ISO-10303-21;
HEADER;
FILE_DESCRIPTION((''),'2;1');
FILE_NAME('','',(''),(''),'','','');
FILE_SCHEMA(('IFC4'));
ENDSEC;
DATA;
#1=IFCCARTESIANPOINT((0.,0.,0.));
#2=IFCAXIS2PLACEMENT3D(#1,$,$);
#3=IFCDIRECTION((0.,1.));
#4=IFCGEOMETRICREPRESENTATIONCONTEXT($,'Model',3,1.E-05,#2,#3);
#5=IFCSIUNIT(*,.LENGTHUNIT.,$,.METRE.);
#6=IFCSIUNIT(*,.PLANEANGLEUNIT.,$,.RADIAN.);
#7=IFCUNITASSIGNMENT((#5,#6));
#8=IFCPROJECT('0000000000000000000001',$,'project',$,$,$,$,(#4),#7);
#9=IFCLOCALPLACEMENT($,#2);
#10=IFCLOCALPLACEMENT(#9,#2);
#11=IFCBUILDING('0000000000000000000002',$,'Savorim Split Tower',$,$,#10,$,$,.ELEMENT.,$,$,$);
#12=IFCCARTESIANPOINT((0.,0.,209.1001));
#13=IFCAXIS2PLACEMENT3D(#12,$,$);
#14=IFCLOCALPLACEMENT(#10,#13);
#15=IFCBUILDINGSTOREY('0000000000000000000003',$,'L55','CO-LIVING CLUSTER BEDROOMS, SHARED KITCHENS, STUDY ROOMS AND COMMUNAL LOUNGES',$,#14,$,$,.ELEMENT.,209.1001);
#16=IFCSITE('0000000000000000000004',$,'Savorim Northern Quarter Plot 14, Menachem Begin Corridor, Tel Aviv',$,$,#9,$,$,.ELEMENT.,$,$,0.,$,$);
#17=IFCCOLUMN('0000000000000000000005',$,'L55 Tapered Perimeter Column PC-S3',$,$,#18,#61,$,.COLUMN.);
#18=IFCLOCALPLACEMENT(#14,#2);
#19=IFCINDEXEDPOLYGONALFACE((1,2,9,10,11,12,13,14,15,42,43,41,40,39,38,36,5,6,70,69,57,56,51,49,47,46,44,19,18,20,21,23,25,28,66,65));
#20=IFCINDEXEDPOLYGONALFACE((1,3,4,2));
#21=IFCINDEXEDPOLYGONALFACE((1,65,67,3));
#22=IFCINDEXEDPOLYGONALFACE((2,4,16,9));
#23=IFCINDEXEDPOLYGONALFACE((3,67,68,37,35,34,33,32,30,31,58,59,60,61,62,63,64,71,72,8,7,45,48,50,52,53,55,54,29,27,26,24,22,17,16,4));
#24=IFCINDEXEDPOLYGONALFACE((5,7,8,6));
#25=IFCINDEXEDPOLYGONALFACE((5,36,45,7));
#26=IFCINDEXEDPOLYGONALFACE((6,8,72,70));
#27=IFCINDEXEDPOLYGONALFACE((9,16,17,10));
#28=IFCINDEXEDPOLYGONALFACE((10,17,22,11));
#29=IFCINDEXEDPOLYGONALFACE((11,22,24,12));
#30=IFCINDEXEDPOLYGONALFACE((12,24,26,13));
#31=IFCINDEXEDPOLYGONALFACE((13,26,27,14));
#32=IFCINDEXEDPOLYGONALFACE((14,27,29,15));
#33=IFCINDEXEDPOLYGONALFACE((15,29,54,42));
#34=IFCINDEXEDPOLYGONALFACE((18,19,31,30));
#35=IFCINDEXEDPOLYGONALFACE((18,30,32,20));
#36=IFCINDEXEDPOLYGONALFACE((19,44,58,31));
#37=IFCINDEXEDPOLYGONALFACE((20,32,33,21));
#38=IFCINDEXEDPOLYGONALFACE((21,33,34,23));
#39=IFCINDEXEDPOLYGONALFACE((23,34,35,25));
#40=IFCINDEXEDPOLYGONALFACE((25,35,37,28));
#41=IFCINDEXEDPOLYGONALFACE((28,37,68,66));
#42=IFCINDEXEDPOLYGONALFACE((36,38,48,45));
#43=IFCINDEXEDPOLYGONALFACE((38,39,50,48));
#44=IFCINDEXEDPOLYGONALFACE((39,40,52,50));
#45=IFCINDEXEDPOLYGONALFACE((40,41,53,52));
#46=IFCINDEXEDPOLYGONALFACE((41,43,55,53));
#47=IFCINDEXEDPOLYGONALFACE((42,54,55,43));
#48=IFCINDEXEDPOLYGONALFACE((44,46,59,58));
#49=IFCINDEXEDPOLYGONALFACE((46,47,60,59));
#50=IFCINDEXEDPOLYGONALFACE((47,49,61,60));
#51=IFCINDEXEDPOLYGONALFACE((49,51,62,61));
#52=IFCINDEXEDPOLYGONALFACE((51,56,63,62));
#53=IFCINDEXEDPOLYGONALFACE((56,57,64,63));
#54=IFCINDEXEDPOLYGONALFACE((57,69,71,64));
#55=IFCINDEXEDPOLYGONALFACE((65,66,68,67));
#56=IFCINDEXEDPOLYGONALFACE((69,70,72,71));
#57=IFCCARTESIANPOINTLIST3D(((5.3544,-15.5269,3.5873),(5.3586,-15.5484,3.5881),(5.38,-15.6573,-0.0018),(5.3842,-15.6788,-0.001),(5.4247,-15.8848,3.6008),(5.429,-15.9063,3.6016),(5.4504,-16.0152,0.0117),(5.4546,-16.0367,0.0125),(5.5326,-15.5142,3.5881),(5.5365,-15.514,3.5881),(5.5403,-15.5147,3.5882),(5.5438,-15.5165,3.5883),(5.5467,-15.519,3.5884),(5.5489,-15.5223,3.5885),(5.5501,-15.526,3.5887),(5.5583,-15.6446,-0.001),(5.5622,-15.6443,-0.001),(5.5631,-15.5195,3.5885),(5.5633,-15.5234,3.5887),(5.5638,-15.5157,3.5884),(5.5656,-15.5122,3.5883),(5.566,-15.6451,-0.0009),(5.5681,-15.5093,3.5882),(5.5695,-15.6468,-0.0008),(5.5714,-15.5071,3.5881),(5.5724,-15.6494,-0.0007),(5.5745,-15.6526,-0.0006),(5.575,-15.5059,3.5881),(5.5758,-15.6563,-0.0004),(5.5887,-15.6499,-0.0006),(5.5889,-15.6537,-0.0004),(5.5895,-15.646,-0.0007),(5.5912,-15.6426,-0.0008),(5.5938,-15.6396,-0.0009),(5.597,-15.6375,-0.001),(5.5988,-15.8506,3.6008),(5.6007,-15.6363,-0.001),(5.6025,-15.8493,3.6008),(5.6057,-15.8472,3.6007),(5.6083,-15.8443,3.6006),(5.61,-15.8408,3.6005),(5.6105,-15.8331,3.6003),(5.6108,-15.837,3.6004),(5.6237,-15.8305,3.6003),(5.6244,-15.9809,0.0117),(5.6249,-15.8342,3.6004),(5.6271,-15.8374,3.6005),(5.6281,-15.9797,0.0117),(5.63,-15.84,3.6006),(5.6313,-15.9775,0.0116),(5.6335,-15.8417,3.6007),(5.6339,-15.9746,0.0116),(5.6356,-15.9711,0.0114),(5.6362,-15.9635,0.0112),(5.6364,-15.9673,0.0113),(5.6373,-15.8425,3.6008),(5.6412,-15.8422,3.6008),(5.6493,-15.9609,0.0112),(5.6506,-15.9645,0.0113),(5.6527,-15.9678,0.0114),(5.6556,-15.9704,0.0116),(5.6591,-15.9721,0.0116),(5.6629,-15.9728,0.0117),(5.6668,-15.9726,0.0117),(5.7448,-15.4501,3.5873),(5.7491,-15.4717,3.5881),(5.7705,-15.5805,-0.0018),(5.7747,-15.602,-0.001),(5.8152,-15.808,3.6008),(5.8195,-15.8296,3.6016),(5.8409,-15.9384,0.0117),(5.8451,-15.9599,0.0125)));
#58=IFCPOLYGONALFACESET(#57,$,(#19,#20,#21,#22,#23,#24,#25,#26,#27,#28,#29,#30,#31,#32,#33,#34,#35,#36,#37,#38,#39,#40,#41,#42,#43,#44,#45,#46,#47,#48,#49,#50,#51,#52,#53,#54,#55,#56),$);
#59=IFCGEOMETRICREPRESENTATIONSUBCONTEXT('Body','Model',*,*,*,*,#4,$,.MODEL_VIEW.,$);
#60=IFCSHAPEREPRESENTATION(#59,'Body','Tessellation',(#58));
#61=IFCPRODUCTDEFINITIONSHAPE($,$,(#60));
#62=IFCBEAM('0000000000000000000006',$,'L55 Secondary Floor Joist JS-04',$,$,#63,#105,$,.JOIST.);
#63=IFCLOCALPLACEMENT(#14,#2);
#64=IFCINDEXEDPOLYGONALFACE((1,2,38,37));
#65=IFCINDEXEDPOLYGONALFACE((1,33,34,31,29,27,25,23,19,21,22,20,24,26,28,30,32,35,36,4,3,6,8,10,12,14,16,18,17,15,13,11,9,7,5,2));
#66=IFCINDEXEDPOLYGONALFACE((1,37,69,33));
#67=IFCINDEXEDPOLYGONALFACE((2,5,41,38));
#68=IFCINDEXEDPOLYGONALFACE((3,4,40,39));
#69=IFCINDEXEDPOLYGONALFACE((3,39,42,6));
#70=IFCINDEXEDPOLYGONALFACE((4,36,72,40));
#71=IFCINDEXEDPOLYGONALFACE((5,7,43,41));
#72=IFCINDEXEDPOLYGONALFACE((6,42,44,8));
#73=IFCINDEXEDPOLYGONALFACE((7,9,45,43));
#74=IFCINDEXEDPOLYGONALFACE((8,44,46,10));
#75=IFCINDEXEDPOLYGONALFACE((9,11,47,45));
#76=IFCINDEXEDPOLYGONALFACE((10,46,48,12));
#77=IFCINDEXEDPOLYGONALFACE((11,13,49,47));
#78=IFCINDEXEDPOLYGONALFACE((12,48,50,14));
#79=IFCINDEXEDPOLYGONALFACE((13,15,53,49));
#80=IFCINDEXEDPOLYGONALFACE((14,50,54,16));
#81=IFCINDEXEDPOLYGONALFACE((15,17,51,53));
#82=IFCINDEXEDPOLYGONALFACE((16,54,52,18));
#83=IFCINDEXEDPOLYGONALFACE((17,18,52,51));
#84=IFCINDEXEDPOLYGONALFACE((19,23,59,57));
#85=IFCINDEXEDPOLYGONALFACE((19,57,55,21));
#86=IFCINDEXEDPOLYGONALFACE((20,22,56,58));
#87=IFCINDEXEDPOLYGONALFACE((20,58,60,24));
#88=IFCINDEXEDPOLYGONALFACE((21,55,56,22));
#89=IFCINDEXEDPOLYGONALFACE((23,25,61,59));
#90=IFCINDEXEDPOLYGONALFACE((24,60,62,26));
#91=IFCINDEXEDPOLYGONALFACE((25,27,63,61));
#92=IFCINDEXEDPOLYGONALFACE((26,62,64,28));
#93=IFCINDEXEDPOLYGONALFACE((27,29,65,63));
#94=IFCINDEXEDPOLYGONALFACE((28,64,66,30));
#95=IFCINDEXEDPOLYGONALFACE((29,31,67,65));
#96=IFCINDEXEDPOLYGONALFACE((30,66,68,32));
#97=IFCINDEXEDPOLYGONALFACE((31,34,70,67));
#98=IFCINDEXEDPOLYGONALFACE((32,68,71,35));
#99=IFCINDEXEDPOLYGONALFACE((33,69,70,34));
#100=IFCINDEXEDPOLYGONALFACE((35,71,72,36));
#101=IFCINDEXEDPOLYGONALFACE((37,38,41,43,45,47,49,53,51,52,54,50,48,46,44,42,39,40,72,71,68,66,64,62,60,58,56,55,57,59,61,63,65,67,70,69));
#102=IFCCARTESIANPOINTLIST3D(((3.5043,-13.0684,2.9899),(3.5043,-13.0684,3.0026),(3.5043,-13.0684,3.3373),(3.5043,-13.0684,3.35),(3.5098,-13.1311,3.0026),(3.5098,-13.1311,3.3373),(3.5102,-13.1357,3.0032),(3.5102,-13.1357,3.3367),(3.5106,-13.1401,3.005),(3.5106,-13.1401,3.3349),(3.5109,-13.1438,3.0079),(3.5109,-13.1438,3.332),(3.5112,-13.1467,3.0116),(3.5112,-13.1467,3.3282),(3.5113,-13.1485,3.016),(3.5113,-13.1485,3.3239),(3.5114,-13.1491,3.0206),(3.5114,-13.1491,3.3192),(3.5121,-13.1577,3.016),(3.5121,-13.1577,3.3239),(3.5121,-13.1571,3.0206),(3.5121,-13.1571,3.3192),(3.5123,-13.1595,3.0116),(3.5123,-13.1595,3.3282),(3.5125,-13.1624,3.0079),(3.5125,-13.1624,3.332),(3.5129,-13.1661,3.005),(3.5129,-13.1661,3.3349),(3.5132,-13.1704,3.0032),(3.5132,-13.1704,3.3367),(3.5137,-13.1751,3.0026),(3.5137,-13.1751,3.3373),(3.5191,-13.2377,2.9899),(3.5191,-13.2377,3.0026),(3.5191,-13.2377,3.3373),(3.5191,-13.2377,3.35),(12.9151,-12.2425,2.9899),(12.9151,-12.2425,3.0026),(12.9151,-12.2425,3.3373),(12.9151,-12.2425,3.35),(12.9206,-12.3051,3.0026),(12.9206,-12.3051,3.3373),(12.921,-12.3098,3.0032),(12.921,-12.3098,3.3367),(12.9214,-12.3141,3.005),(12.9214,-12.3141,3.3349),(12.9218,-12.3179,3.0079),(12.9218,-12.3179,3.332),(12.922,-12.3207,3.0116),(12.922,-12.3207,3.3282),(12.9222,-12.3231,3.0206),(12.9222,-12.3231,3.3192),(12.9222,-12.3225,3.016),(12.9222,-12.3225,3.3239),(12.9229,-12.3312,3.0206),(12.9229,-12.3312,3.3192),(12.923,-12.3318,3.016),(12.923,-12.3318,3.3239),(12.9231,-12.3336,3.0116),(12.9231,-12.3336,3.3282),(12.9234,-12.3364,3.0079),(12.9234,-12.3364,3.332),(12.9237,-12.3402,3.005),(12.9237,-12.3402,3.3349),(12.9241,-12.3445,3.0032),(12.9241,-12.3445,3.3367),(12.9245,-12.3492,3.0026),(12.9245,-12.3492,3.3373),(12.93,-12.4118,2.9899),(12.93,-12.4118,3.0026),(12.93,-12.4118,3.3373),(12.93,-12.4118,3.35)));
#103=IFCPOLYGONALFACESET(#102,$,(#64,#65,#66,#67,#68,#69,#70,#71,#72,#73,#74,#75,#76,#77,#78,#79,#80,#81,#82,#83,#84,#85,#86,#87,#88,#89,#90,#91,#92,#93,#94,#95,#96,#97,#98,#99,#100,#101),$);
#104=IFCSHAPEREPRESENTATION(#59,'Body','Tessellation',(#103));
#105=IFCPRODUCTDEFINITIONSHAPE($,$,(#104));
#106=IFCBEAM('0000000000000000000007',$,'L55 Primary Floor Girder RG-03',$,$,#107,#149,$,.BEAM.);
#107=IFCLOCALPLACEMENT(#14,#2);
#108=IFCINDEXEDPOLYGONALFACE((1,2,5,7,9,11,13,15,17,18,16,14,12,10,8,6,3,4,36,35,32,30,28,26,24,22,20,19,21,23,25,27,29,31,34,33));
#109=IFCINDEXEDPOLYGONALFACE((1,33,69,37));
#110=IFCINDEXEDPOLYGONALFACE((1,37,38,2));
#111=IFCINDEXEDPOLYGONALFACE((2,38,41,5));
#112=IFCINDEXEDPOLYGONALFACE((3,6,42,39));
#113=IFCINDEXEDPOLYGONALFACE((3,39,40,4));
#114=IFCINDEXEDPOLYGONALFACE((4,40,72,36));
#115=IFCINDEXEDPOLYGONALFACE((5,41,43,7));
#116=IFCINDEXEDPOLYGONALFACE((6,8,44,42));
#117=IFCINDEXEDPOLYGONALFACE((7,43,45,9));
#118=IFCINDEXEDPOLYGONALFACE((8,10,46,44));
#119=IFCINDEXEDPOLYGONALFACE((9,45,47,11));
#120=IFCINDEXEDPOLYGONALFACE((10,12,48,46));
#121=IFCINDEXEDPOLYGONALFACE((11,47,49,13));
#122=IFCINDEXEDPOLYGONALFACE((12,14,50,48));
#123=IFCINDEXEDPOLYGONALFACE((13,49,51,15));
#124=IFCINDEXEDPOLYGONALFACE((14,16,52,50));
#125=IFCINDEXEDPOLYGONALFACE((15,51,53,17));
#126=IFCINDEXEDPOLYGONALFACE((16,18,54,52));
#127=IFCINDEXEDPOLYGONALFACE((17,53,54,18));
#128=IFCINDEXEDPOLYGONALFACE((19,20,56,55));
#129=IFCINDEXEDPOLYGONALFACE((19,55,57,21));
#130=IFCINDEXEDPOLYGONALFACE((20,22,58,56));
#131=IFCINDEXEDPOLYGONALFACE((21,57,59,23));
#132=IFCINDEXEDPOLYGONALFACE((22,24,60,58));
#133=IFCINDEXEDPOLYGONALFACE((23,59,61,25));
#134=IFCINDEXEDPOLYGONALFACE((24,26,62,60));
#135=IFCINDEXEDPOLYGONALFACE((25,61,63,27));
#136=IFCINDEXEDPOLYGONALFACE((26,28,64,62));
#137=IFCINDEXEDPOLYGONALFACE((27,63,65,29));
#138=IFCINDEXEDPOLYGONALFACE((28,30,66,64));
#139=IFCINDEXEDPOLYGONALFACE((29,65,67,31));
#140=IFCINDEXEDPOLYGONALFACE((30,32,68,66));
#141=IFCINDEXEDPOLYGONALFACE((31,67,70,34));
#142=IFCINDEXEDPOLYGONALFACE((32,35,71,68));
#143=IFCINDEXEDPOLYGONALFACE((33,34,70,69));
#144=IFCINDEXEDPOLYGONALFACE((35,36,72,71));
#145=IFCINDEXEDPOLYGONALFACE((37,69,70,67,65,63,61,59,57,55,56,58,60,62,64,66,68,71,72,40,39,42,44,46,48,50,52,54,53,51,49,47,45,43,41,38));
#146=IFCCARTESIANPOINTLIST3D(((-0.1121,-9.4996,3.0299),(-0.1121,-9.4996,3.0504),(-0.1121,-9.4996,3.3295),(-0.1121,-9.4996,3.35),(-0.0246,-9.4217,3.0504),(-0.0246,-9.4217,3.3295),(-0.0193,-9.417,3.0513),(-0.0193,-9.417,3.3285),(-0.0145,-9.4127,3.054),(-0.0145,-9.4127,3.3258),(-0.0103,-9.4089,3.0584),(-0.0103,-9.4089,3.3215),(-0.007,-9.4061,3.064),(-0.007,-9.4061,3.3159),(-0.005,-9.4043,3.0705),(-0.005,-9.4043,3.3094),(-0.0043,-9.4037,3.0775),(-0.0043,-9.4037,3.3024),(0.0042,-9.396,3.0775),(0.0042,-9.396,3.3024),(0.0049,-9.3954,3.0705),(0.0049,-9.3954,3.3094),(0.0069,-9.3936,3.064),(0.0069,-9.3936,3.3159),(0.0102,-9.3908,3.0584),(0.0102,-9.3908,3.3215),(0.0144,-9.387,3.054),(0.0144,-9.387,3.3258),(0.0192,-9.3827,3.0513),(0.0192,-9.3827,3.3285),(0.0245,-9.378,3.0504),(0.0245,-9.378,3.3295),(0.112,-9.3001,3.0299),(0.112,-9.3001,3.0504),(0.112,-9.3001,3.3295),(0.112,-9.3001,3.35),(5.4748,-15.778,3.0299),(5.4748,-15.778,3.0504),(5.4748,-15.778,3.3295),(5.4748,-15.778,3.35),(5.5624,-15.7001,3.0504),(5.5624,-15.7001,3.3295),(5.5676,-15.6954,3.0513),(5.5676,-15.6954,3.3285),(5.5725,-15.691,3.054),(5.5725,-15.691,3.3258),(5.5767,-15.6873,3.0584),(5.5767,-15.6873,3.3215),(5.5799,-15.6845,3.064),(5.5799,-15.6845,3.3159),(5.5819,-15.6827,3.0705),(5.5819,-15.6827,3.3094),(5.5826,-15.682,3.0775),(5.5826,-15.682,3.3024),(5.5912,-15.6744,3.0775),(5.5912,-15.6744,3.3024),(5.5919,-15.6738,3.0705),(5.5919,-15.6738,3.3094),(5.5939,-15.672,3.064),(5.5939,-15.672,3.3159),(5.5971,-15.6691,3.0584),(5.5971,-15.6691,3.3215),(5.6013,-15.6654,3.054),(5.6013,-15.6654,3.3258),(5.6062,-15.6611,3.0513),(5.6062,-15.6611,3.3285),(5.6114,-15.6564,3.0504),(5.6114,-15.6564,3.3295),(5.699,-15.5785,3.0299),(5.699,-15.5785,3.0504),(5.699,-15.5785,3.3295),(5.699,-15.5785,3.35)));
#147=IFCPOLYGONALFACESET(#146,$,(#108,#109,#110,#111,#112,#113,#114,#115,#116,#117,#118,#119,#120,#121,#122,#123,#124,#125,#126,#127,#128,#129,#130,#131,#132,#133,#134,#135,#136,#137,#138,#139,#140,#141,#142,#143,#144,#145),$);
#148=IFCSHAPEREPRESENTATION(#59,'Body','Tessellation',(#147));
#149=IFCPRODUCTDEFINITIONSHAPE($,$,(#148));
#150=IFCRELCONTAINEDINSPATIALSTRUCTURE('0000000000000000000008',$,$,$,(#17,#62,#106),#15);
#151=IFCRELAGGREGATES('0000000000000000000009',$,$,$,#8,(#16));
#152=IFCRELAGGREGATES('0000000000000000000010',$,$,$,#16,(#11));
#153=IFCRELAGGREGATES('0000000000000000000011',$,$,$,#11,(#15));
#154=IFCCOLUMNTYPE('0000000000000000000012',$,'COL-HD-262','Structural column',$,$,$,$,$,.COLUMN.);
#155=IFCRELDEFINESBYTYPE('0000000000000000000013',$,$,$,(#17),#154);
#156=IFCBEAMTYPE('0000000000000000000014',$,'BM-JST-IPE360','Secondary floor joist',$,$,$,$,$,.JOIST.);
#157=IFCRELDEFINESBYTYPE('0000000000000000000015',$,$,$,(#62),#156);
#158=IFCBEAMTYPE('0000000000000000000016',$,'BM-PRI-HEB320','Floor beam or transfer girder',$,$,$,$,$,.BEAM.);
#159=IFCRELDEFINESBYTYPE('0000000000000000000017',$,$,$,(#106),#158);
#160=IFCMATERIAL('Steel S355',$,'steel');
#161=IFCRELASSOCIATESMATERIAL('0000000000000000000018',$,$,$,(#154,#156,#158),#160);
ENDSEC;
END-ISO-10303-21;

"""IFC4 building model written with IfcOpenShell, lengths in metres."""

from ifc_helpers import new_model, si_unit, direction, frame, origin, origin_2d, place, context, subcontext, project, spatial, i_section, extrude, material, material_profile, profile_set, type_object, element, save


model = new_model("IFC4")

# Units and contexts
model_context = context("Model", 3, precision=1e-05, world=origin(), true_north=direction((0.0, 1.0)))
body_context = subcontext(model_context, "Body", "Model", "MODEL_VIEW")
ifc_project = project(units=[si_unit("LENGTHUNIT", "METRE"), si_unit("PLANEANGLEUNIT", "RADIAN")], contexts=[model_context])

# Site, building, storey
site_placement = place(None, origin())
site = spatial("IfcSite", under=ifc_project, at=site_placement, Name="Savorim Northern Quarter Plot 14, Menachem Begin Corridor, Tel Aviv", CompositionType="ELEMENT", RefElevation=0.0)
building_placement = place(site_placement, origin())
building = spatial("IfcBuilding", under=site, at=building_placement, Name="Savorim Split Tower", CompositionType="ELEMENT")
storey_placement = place(building_placement, frame((0.0, 0.0, 209.1001)))
storey = spatial("IfcBuildingStorey", under=building, at=storey_placement, Name="L55", Description="CO-LIVING CLUSTER BEDROOMS, SHARED KITCHENS, STUDY ROOMS AND COMMUNAL LOUNGES", CompositionType="ELEMENT", Elevation=209.1001)

# Column
ifc_material_1 = material(Name="Steel S355", Category="steel")
ifc_material_profile_1 = material_profile(ifc_material_1, i_section(OverallWidth=0.3979, OverallDepth=0.387, WebThickness=0.0134, FlangeThickness=0.022, FilletRadius=0.0149, at=origin_2d()), Name="HD 400x262")
ifc_profile_set_1 = profile_set([ifc_material_profile_1], Name="Steel S355")
column_type = type_object("IfcColumnType", Name="COL-HD-262", Description="Structural column", PredefinedType="COLUMN", material=ifc_profile_set_1)
column_placement = place(storey_placement, frame((5.6125, -15.8086, 0.0054), z_axis=(-0.007137, 0.036299, 0.999315), x_axis=(-0.981212, -0.192935, 0.0)))
element("IfcColumn", 1, at=column_placement, inside=storey, type_object=column_type, Name="L55 Tapered Perimeter Column PC-S3", PredefinedType="COLUMN", context=body_context, shape_type="SweptSolid", body=[
    extrude(i_section(OverallWidth=0.3979, OverallDepth=0.387, WebThickness=0.0134, FlangeThickness=0.022, FilletRadius=0.0149, at=origin_2d()), origin(), (0.0, 0.0, 1.0), 3.5916),
])

# Beams
ifc_material_profile_2 = material_profile(ifc_material_1, i_section(OverallWidth=0.1699, OverallDepth=0.3601, WebThickness=0.0081, FlangeThickness=0.0127, FilletRadius=0.0181, at=origin_2d()), Name="IPE 360")
ifc_profile_set_2 = profile_set([ifc_material_profile_2], Name="Steel S355")
beam_type_1 = type_object("IfcBeamType", Name="BM-JST-IPE360", Description="Secondary floor joist", PredefinedType="JOIST", material=ifc_profile_set_2)
beam_1_placement = place(storey_placement, frame((3.5117, -13.1531, 3.1699), z_axis=(0.996171, 0.087427, 0.0), x_axis=(-0.087427, 0.996171, 0.0)))
element("IfcBeam", 2, at=beam_1_placement, inside=storey, type_object=beam_type_1, Name="L55 Secondary Floor Joist JS-04", PredefinedType="JOIST", context=body_context, shape_type="SweptSolid", body=[
    extrude(i_section(OverallWidth=0.1699, OverallDepth=0.3601, WebThickness=0.0081, FlangeThickness=0.0127, FilletRadius=0.0181, at=origin_2d()), origin(), (0.0, 0.0, 1.0), 9.447),
])
ifc_material_profile_3 = material_profile(ifc_material_1, i_section(OverallWidth=0.3, OverallDepth=0.3201, WebThickness=0.0115, FlangeThickness=0.0205, FilletRadius=0.0271, at=origin_2d()), Name="HEB 320")
ifc_profile_set_3 = profile_set([ifc_material_profile_3], Name="Steel S355")
beam_type_2 = type_object("IfcBeamType", Name="BM-PRI-HEB320", Description="Floor beam or transfer girder", PredefinedType="BEAM", material=ifc_profile_set_3)
beam_2_placement = place(storey_placement, frame((5.5869, -15.6782, 3.1899), z_axis=(-0.664775, 0.747044, 0.0), x_axis=(-0.747044, -0.664775, 0.0)))
element("IfcBeam", 3, at=beam_2_placement, inside=storey, type_object=beam_type_2, Name="L55 Primary Floor Girder RG-03", PredefinedType="BEAM", context=body_context, shape_type="SweptSolid", body=[
    extrude(i_section(OverallWidth=0.3, OverallDepth=0.3201, WebThickness=0.0115, FlangeThickness=0.0205, FilletRadius=0.0271, at=origin_2d()), origin(), (0.0, 0.0, 1.0), 8.4043),
])

save(model, "model.ifc")
